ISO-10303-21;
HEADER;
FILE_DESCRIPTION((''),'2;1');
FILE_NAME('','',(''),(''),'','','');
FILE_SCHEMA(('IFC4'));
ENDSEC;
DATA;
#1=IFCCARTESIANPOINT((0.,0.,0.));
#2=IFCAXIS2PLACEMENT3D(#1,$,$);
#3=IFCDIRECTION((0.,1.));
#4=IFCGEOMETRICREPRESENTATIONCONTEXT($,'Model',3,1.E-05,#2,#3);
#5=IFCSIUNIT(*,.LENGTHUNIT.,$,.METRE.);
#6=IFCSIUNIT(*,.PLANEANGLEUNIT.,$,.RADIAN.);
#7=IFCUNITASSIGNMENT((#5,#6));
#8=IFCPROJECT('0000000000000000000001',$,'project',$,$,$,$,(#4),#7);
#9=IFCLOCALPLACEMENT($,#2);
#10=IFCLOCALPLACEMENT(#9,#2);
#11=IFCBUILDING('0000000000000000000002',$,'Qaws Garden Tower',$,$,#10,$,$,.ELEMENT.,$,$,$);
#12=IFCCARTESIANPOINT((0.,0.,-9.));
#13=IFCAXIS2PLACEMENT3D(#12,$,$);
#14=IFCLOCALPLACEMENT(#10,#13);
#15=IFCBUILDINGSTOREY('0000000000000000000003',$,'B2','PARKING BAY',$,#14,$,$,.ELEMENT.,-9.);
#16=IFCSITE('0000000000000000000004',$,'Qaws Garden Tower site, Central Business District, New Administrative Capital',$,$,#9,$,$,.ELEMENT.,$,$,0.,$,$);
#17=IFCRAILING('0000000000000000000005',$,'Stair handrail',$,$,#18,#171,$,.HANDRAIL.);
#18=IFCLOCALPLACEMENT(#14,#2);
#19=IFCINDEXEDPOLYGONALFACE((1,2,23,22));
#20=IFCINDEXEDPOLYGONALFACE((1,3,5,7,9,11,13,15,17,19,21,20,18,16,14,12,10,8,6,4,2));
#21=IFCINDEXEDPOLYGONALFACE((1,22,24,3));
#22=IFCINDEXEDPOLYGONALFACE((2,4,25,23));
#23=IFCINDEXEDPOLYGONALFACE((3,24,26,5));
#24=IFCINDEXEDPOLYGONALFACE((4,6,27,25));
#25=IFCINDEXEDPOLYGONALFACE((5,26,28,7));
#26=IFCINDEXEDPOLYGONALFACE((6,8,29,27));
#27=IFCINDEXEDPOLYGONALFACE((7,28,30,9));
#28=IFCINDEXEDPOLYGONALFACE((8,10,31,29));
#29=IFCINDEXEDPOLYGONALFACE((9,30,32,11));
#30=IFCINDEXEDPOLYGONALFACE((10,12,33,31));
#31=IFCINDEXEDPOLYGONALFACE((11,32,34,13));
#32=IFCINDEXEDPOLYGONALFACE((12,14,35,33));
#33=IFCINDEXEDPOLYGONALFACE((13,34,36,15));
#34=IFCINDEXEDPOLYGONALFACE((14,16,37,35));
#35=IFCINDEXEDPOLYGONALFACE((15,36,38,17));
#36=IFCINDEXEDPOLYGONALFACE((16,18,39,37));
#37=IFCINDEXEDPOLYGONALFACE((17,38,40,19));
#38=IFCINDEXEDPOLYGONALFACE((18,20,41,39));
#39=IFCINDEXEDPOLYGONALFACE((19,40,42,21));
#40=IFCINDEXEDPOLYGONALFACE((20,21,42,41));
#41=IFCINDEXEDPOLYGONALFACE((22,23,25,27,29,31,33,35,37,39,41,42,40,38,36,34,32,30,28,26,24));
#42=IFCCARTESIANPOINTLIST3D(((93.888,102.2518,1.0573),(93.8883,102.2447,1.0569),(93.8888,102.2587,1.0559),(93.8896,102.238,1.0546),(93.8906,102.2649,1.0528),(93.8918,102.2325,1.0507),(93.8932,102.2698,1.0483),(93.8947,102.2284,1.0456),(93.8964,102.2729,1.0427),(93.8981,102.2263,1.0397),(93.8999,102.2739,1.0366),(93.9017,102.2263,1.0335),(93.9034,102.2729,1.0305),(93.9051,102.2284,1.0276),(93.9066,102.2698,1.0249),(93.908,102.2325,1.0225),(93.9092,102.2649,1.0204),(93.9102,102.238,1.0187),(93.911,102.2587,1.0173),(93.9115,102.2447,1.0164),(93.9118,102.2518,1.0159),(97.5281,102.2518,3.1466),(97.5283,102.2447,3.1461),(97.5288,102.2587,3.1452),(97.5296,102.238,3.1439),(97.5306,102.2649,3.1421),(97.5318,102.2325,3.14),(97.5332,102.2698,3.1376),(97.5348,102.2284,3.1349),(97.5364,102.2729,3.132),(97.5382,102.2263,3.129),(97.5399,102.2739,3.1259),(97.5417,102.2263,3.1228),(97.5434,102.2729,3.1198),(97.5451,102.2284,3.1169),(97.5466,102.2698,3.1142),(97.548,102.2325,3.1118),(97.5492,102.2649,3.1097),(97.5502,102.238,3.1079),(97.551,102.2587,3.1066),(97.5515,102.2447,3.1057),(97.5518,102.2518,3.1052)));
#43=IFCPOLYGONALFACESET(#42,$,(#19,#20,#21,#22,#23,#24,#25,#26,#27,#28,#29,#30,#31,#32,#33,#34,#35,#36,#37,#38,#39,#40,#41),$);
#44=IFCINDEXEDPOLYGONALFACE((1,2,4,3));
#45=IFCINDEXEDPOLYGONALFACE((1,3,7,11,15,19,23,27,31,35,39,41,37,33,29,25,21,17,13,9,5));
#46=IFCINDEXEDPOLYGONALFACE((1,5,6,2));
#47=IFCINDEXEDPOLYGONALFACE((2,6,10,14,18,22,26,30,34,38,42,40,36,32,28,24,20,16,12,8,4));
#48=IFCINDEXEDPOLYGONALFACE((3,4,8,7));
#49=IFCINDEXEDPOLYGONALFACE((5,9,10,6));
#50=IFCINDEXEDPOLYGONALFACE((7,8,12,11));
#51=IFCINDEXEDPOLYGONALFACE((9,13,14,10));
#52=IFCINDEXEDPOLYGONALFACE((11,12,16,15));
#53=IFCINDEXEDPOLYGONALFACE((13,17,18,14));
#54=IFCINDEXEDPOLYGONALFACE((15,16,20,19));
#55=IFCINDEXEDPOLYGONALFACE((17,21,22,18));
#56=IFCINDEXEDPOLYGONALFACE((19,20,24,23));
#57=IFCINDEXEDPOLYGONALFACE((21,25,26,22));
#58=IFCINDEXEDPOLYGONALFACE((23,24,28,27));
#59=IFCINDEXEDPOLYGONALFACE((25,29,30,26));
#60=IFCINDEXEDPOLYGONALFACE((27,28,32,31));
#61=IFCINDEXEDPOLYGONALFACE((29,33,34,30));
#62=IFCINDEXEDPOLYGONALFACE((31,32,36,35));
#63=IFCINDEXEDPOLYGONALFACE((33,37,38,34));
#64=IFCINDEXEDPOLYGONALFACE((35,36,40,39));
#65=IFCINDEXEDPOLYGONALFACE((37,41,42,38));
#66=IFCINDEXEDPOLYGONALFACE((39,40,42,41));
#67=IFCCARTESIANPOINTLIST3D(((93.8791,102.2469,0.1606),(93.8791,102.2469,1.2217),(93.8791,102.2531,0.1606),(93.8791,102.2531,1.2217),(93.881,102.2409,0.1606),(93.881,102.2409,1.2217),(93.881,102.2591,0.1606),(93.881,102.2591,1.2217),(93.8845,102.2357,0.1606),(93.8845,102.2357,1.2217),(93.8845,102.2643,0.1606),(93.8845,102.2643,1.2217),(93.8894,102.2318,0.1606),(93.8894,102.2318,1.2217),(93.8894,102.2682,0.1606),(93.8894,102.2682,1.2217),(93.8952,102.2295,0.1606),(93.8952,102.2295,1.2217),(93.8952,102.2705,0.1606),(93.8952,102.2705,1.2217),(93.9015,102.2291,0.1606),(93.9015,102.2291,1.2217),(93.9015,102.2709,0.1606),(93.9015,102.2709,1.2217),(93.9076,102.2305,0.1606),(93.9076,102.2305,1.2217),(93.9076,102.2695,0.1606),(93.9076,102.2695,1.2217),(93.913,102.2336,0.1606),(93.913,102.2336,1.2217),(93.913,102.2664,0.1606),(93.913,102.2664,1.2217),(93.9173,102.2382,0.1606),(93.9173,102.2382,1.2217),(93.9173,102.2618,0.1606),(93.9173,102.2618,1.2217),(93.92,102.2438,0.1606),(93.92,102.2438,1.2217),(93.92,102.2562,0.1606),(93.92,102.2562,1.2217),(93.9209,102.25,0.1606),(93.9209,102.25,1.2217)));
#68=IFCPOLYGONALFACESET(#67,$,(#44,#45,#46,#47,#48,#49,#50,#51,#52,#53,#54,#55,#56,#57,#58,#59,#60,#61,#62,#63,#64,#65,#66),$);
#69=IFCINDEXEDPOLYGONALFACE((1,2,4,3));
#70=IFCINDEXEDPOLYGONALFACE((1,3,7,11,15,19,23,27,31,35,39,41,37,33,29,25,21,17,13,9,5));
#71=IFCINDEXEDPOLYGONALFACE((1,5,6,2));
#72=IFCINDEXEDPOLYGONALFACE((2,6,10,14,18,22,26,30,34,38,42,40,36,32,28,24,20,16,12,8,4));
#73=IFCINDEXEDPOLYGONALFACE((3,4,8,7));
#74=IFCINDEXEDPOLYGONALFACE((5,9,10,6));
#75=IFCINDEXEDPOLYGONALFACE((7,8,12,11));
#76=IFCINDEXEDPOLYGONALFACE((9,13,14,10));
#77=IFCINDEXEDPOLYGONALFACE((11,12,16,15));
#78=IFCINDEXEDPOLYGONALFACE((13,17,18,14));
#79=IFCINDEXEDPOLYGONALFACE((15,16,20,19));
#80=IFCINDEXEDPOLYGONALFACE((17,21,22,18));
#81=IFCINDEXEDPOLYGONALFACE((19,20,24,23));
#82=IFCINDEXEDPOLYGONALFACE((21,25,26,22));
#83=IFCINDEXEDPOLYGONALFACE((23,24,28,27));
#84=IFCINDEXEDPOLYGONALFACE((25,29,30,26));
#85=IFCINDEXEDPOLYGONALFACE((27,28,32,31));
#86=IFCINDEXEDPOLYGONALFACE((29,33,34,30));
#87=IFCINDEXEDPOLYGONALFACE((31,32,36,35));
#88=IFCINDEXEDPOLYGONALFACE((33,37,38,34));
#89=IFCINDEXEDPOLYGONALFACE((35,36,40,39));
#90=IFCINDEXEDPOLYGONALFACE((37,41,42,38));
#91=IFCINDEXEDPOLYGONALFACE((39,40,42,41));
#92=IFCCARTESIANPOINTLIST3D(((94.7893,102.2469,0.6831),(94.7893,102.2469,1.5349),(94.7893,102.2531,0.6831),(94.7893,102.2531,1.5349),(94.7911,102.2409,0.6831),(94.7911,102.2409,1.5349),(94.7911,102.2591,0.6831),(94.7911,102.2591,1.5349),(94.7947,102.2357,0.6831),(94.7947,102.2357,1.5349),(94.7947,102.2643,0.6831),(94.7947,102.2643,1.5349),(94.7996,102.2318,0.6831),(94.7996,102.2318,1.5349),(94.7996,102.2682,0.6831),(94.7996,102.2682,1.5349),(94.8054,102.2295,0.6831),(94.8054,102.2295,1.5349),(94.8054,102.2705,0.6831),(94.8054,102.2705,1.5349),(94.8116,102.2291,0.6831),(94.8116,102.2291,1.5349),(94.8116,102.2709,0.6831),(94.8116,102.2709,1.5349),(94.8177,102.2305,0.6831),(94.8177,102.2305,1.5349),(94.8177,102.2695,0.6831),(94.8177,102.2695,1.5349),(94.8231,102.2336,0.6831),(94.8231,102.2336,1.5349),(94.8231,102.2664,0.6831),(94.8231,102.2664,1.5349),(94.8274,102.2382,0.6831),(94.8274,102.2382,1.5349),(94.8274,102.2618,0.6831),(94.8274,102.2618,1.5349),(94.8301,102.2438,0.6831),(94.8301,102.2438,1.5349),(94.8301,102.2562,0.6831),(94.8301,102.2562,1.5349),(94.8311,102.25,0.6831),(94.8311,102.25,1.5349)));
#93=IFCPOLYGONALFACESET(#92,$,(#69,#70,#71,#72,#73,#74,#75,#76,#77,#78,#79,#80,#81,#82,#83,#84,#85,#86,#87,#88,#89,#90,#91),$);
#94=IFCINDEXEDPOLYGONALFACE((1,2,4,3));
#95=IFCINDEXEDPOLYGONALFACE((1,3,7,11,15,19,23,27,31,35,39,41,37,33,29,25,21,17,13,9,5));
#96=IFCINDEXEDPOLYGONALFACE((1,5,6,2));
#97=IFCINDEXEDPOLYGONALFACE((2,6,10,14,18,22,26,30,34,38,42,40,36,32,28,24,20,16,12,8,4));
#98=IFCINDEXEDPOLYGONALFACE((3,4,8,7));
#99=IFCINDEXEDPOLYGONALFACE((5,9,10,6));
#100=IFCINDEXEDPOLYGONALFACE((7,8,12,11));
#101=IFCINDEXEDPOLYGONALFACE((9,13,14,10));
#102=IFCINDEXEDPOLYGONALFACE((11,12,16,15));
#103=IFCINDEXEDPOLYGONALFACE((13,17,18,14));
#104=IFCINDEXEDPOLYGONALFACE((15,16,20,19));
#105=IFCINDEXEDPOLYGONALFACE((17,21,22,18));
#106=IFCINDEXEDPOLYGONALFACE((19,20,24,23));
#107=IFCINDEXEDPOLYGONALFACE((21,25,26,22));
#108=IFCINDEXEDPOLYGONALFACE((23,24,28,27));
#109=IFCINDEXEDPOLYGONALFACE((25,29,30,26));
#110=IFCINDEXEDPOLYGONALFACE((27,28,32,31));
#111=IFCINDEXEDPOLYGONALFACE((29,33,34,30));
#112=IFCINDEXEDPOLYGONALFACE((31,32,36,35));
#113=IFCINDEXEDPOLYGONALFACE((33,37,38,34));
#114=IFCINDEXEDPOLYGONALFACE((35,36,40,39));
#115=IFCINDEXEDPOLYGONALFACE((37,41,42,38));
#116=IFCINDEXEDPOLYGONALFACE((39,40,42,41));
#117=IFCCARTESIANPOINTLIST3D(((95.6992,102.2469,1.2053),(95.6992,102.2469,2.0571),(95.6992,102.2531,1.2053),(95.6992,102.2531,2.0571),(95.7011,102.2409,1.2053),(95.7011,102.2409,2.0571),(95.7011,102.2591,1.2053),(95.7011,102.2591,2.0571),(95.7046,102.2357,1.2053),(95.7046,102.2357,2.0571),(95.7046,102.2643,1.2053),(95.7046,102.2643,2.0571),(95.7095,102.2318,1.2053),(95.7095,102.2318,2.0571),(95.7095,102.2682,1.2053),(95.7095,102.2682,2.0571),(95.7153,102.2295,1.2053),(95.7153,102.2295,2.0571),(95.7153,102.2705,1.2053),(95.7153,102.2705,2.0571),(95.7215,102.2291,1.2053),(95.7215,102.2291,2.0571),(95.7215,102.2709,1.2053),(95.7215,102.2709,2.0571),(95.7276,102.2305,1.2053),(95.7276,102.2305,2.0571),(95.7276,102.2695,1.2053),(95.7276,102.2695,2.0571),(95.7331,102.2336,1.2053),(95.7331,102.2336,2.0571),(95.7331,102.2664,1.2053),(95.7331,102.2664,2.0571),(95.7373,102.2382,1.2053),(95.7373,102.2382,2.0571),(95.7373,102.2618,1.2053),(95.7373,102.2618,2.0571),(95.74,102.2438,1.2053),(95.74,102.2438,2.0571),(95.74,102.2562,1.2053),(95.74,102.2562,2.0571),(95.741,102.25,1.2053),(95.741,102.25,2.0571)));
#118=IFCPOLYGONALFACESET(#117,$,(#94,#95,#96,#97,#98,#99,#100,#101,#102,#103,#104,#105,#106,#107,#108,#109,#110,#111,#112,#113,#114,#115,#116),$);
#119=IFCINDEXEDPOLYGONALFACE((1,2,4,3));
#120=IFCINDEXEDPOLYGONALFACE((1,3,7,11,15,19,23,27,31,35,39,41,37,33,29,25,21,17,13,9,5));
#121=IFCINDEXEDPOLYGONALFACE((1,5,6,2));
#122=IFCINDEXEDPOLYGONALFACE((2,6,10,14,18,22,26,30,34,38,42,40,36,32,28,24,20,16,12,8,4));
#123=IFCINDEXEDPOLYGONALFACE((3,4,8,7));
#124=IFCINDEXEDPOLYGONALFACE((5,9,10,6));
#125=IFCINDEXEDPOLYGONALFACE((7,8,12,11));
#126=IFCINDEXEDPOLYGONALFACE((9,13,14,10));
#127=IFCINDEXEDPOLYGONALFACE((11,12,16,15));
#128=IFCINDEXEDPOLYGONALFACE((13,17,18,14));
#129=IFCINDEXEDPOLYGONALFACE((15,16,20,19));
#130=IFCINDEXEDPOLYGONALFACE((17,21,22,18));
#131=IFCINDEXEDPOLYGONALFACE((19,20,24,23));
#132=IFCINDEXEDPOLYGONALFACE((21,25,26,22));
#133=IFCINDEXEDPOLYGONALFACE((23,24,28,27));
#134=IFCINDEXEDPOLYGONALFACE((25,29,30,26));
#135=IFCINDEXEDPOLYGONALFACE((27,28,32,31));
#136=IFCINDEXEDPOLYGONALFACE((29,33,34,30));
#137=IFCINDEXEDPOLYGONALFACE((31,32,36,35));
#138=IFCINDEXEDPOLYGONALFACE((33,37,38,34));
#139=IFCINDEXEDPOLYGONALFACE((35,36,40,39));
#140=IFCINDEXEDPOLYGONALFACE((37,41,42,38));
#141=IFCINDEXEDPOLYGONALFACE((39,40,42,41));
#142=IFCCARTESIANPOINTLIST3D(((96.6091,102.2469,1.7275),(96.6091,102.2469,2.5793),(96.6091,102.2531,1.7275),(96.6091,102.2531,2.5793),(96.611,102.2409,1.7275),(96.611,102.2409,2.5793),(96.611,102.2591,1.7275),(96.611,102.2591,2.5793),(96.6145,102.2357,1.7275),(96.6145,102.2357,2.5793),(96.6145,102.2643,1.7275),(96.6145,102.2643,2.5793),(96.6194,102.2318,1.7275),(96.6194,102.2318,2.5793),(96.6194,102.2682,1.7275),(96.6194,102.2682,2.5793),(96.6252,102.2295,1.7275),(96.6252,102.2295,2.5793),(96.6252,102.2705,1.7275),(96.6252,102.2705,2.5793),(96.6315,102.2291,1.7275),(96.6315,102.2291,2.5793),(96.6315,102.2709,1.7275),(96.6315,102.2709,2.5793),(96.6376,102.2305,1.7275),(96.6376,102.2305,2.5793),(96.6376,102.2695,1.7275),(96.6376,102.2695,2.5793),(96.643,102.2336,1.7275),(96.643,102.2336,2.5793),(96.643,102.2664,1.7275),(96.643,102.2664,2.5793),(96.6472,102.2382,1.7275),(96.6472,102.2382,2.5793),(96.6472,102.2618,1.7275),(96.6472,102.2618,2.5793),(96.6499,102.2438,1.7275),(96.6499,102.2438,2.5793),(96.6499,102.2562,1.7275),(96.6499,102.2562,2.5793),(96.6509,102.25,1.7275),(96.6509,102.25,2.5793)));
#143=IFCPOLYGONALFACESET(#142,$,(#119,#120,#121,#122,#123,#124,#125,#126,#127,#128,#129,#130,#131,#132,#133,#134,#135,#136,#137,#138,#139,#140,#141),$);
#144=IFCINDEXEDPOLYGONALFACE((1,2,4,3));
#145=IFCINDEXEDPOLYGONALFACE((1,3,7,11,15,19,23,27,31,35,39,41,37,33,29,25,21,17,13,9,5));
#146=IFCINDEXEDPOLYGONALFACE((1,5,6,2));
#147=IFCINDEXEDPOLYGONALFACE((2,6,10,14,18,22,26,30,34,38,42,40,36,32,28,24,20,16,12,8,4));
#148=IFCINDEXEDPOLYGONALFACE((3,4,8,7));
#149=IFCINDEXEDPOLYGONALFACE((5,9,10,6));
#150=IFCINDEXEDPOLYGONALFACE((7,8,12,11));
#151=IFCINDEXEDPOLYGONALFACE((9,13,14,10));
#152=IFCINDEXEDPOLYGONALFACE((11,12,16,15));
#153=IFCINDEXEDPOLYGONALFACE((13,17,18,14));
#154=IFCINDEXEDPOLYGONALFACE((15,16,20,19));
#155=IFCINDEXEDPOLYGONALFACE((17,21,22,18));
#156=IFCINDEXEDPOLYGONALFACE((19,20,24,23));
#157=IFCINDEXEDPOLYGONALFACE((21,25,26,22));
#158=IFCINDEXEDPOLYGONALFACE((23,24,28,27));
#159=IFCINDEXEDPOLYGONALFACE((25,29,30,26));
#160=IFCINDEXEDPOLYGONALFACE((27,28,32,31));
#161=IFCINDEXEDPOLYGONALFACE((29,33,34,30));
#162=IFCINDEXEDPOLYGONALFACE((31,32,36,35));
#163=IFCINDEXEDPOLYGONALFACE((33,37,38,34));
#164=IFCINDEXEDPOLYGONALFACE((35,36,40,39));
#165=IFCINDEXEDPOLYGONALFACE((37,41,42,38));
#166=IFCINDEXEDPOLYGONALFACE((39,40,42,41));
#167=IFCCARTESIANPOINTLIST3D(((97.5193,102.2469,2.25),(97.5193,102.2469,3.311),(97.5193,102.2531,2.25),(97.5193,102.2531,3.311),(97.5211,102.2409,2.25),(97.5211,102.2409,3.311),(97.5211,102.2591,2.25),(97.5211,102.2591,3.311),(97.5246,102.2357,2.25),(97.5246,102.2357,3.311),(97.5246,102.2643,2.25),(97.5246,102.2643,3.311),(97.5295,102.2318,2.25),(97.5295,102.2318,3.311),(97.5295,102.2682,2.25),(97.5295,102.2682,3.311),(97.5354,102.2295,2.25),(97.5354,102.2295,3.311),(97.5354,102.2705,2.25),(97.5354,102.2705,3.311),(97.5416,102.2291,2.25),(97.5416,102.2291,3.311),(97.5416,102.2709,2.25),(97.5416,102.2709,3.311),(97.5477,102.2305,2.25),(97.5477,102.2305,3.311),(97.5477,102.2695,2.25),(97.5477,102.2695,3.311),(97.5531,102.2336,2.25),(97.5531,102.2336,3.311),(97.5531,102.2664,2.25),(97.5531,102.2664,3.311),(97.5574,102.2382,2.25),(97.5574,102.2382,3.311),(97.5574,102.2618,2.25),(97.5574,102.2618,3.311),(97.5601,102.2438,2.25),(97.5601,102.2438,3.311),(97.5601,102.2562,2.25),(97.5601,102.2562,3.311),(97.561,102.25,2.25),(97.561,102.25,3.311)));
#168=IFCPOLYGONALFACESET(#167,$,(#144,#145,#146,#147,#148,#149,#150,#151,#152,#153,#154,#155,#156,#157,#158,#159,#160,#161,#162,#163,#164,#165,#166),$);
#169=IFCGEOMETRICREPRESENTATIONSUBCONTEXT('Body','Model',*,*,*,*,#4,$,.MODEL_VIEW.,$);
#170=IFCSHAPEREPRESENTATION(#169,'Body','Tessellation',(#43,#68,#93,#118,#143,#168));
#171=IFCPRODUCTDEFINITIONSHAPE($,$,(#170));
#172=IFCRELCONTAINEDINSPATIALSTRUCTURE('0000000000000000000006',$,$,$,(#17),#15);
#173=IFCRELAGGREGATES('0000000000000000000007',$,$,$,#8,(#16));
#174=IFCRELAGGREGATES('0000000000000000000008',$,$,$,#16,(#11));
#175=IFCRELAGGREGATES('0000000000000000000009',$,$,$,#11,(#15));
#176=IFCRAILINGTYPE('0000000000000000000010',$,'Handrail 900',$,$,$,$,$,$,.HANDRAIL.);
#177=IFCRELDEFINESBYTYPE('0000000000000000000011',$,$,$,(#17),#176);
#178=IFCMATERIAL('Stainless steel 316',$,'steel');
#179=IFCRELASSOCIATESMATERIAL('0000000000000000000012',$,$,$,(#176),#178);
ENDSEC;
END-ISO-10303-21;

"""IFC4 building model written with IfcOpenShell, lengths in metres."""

from ifc_helpers import new_model, si_unit, direction, frame, origin, origin_2d, place, context, subcontext, project, spatial, circle, extrude, material, type_object, element, save


model = new_model("IFC4")

# Units and contexts
model_context = context("Model", 3, precision=1e-05, world=origin(), true_north=direction((0.0, 1.0)))
body_context = subcontext(model_context, "Body", "Model", "MODEL_VIEW")
ifc_project = project(units=[si_unit("LENGTHUNIT", "METRE"), si_unit("PLANEANGLEUNIT", "RADIAN")], contexts=[model_context])

# Site, building, storey
site_placement = place(None, origin())
site = spatial("IfcSite", under=ifc_project, at=site_placement, Name="Qaws Garden Tower site, Central Business District, New Administrative Capital", CompositionType="ELEMENT", RefElevation=0.0)
building_placement = place(site_placement, origin())
building = spatial("IfcBuilding", under=site, at=building_placement, Name="Qaws Garden Tower", CompositionType="ELEMENT")
storey_placement = place(building_placement, frame((0.0, 0.0, -9.0)))
storey = spatial("IfcBuildingStorey", under=building, at=storey_placement, Name="B2", Description="PARKING BAY", CompositionType="ELEMENT", Elevation=-9.0)

# Railing
ifc_material_1 = material(Name="Stainless steel 316", Category="steel")
railing_type_1 = type_object("IfcRailingType", Name="Handrail 900", PredefinedType="HANDRAIL", material=ifc_material_1)
for number, where, name in (
    (1, (93.8999, 102.25, 0.1606), "Stair handrail"),
):
    element("IfcRailing", number, at=place(storey_placement, frame(where)), inside=storey, type_object=railing_type_1, Name=name, PredefinedType="HANDRAIL", context=body_context, shape_type="SweptSolid", body=[
        extrude(circle(Radius=0.0239, at=origin_2d()), frame((0.0, 0.0, 0.876), z_axis=(0.867289, 0.0, 0.497804), x_axis=(0.0, 1.0, 0.0)), (0.0, 0.0, 1.0), 4.197),
        extrude(circle(Radius=0.021, at=origin_2d()), origin(), (0.0, 0.0, 1.0), 1.061),
        extrude(circle(Radius=0.021, at=origin_2d()), frame((0.9102, 0.0, 0.5225)), (0.0, 0.0, 1.0), 0.8518),
        extrude(circle(Radius=0.021, at=origin_2d()), frame((1.8201, 0.0, 1.0447)), (0.0, 0.0, 1.0), 0.8518),
        extrude(circle(Radius=0.021, at=origin_2d()), frame((2.73, 0.0, 1.5669)), (0.0, 0.0, 1.0), 0.8518),
        extrude(circle(Radius=0.021, at=origin_2d()), frame((3.6401, 0.0, 2.0894)), (0.0, 0.0, 1.0), 1.061),
    ])

save(model, "model.ifc")
